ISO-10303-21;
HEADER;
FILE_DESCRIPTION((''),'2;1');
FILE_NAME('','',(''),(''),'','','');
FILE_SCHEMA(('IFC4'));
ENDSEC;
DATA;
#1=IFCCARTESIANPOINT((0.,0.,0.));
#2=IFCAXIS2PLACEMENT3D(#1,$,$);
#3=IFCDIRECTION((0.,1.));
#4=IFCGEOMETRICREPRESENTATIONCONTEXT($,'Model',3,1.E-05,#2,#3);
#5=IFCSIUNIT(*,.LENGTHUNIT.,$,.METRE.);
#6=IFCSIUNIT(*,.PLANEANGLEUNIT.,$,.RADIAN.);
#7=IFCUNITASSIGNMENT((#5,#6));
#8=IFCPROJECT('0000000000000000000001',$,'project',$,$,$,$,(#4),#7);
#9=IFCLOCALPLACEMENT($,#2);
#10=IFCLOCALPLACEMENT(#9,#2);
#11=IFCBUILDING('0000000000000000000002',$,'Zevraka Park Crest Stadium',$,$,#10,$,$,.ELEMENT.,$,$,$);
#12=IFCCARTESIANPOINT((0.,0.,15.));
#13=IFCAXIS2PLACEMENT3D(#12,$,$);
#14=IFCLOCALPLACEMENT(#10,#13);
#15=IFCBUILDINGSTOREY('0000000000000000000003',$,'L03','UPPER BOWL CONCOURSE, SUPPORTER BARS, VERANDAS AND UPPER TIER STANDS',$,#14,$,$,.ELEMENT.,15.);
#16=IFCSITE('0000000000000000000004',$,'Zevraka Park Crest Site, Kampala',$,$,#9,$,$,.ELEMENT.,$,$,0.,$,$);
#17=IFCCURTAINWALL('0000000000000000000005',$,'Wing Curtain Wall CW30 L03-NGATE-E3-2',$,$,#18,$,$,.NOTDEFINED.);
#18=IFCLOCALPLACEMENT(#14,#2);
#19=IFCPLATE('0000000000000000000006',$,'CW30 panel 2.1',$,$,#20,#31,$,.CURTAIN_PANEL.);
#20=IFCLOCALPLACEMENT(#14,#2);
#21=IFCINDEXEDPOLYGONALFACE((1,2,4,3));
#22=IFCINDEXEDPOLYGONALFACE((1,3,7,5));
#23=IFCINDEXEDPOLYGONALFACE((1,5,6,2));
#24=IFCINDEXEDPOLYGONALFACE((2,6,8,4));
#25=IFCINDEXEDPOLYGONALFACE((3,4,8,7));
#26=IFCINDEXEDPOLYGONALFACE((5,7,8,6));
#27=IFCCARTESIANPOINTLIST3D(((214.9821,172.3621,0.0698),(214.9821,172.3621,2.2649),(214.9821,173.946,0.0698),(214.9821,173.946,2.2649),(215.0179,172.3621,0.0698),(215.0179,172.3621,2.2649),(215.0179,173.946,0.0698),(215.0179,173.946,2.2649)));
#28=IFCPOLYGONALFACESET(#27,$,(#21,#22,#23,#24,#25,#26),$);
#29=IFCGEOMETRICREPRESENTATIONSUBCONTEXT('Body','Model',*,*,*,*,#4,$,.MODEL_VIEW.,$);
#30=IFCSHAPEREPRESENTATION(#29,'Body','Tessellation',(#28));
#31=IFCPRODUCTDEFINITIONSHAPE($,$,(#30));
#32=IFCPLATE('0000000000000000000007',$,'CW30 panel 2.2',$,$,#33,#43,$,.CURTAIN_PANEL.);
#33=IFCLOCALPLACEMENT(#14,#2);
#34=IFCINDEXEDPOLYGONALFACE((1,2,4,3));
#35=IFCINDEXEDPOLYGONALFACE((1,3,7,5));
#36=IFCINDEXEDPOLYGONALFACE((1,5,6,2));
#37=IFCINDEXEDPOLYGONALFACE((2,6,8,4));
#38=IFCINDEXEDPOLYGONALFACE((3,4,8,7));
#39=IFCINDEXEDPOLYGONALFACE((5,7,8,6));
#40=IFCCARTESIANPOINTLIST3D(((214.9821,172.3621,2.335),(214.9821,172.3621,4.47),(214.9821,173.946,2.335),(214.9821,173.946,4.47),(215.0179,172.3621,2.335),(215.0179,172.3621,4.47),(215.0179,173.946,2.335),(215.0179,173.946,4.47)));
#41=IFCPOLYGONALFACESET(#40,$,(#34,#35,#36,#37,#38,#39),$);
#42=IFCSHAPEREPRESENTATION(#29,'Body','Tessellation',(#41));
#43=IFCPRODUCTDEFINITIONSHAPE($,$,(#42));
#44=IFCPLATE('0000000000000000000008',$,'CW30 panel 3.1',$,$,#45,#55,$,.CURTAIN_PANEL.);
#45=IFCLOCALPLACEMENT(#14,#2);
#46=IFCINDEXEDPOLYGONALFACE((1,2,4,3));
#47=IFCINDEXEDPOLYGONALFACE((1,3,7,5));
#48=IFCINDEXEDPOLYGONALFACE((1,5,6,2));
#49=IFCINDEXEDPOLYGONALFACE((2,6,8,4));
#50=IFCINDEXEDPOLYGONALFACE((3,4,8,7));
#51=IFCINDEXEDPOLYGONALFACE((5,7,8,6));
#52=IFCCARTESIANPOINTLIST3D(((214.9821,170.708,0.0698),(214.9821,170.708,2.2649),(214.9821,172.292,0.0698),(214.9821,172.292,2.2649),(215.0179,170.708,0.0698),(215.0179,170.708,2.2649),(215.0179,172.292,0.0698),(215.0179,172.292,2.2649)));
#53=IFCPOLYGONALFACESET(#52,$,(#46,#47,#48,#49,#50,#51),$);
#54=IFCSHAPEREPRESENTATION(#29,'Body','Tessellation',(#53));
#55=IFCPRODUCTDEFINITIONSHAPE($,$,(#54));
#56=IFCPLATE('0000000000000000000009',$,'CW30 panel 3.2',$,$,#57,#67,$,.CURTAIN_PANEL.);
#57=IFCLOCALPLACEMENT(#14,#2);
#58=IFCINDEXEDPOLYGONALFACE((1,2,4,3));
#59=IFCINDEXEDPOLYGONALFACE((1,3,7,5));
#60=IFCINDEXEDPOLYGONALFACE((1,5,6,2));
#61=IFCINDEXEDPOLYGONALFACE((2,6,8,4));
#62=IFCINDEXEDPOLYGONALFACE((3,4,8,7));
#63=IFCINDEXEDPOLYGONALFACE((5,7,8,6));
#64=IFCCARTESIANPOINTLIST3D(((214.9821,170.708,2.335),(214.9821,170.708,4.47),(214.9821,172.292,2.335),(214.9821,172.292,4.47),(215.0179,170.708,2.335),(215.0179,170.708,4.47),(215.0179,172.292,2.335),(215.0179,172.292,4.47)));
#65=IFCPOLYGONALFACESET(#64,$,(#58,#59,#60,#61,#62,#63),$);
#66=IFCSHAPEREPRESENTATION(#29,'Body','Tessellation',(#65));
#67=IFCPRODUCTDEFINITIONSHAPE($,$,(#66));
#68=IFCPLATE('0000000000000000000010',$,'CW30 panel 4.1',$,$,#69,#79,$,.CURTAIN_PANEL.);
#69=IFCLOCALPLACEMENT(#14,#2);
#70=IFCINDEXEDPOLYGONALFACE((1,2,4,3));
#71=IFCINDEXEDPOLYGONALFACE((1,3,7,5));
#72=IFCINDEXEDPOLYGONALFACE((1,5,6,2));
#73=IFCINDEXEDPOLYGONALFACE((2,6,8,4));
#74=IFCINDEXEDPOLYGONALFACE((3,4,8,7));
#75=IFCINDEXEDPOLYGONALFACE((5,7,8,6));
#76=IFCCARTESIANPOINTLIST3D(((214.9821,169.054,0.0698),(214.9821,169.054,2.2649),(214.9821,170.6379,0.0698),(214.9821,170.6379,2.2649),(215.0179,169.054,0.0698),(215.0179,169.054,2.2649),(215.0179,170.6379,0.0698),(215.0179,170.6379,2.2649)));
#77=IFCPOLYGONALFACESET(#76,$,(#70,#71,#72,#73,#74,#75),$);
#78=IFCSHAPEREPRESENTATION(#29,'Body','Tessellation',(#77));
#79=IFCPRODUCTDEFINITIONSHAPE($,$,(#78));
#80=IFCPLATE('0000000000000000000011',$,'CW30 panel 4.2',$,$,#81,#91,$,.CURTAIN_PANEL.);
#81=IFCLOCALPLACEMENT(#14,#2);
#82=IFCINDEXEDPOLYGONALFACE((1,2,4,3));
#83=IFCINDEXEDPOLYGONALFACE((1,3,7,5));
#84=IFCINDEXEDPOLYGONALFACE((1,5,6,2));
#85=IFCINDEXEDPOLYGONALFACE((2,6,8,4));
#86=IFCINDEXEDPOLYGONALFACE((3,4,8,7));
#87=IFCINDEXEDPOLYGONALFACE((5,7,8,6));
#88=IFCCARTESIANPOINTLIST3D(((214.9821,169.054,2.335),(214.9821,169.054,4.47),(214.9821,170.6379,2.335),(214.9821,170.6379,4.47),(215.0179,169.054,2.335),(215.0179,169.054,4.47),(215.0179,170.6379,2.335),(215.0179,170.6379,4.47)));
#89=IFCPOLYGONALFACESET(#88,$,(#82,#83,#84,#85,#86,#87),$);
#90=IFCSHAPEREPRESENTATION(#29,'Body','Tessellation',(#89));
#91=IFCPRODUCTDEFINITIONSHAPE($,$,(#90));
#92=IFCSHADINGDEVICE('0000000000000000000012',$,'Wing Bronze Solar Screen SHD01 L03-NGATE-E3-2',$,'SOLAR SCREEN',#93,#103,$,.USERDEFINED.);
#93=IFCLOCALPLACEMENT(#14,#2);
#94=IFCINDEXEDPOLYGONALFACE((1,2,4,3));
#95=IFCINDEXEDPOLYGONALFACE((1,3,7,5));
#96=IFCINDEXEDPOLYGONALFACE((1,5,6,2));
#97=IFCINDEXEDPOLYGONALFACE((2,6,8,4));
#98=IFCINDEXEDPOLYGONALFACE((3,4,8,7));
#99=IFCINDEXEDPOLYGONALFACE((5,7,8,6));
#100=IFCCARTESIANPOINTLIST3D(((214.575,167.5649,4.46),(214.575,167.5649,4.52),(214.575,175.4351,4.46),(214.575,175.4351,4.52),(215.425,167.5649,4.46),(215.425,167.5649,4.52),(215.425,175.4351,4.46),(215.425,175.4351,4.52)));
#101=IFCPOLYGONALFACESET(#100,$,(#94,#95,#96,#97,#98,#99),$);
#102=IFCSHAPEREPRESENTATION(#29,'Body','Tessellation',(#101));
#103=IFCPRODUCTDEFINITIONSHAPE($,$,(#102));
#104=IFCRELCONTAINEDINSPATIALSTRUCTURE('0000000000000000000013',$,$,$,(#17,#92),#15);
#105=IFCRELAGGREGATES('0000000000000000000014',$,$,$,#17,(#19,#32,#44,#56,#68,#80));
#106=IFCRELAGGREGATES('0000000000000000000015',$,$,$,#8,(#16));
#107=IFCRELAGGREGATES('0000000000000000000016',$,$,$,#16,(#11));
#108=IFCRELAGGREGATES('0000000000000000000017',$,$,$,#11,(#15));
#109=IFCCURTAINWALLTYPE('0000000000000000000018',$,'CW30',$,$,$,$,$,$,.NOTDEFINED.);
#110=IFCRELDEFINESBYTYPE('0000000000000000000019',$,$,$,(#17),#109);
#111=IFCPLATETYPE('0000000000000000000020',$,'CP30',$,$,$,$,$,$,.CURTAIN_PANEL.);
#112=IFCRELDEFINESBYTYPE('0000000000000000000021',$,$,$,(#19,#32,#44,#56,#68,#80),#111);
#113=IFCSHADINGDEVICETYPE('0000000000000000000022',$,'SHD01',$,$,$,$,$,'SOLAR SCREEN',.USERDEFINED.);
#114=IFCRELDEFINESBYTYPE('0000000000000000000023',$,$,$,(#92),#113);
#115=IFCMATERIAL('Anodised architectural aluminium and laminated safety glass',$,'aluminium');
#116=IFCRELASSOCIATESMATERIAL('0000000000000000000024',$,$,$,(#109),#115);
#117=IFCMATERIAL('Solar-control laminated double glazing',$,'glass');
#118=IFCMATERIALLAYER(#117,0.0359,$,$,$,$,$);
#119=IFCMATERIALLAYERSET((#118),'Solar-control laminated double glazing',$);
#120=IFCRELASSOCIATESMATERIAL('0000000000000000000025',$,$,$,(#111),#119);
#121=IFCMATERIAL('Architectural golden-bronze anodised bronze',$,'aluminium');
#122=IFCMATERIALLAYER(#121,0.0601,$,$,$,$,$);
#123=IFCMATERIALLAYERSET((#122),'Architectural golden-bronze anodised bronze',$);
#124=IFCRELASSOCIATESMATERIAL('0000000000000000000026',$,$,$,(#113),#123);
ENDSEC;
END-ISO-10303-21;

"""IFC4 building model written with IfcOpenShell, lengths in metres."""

from ifc_helpers import new_model, si_unit, direction, frame, origin, origin_2d, place, context, subcontext, project, spatial, rectangle, extrude, material, layer, layer_set, type_object, element, aggregate, save


model = new_model("IFC4")

# Units and contexts
model_context = context("Model", 3, precision=1e-05, world=origin(), true_north=direction((0.0, 1.0)))
body_context = subcontext(model_context, "Body", "Model", "MODEL_VIEW")
ifc_project = project(units=[si_unit("LENGTHUNIT", "METRE"), si_unit("PLANEANGLEUNIT", "RADIAN")], contexts=[model_context])

# Site, building, storey
site_placement = place(None, origin())
site = spatial("IfcSite", under=ifc_project, at=site_placement, Name="Zevraka Park Crest Site, Kampala", CompositionType="ELEMENT", RefElevation=0.0)
building_placement = place(site_placement, origin())
building = spatial("IfcBuilding", under=site, at=building_placement, Name="Zevraka Park Crest Stadium", CompositionType="ELEMENT")
storey_placement = place(building_placement, frame((0.0, 0.0, 15.0)))
storey = spatial("IfcBuildingStorey", under=building, at=storey_placement, Name="L03", Description="UPPER BOWL CONCOURSE, SUPPORTER BARS, VERANDAS AND UPPER TIER STANDS", CompositionType="ELEMENT", Elevation=15.0)

# Curtain wall
ifc_material_1 = material(Name="Anodised architectural aluminium and laminated safety glass", Category="aluminium")
curtain_wall_type = type_object("IfcCurtainWallType", Name="CW30", PredefinedType="NOTDEFINED", material=ifc_material_1)
curtain_wall_placement = place(storey_placement, origin())
curtain_wall = element("IfcCurtainWall", 1, at=curtain_wall_placement, inside=storey, type_object=curtain_wall_type, Name="Wing Curtain Wall CW30 L03-NGATE-E3-2", PredefinedType="NOTDEFINED")

# Plates
ifc_material_2 = material(Name="Solar-control laminated double glazing", Category="glass")
ifc_layer_1 = layer(ifc_material_2, 0.0359)
ifc_layer_set_1 = layer_set([ifc_layer_1], Name="Solar-control laminated double glazing")
plate_type = type_object("IfcPlateType", Name="CP30", PredefinedType="CURTAIN_PANEL", material=ifc_layer_set_1)
plate_1_placement = place(storey_placement, frame((215.0, 173.1541, 0.0698), z_axis=(0.0, 0.0, 1.0), x_axis=(0.0, -1.0, 0.0)))
plate_1 = element("IfcPlate", 2, at=plate_1_placement, type_object=plate_type, Name="CW30 panel 2.1", PredefinedType="CURTAIN_PANEL", context=body_context, shape_type="SweptSolid", body=[
    extrude(rectangle(XDim=1.584, YDim=0.0359, at=origin_2d()), origin(), (0.0, 0.0, 1.0), 2.1951),
])
plate_2_placement = place(storey_placement, frame((215.0, 173.1541, 2.335), z_axis=(0.0, 0.0, 1.0), x_axis=(0.0, -1.0, 0.0)))
plate_2 = element("IfcPlate", 3, at=plate_2_placement, type_object=plate_type, Name="CW30 panel 2.2", PredefinedType="CURTAIN_PANEL", context=body_context, shape_type="SweptSolid", body=[
    extrude(rectangle(XDim=1.584, YDim=0.0359, at=origin_2d()), origin(), (0.0, 0.0, 1.0), 2.135),
])
plate_3_placement = place(storey_placement, frame((215.0, 171.5, 0.0698), z_axis=(0.0, 0.0, 1.0), x_axis=(0.0, -1.0, 0.0)))
plate_3 = element("IfcPlate", 4, at=plate_3_placement, type_object=plate_type, Name="CW30 panel 3.1", PredefinedType="CURTAIN_PANEL", context=body_context, shape_type="SweptSolid", body=[
    extrude(rectangle(XDim=1.584, YDim=0.0359, at=origin_2d()), origin(), (0.0, 0.0, 1.0), 2.1951),
])
plate_4_placement = place(storey_placement, frame((215.0, 171.5, 2.335), z_axis=(0.0, 0.0, 1.0), x_axis=(0.0, -1.0, 0.0)))
plate_4 = element("IfcPlate", 5, at=plate_4_placement, type_object=plate_type, Name="CW30 panel 3.2", PredefinedType="CURTAIN_PANEL", context=body_context, shape_type="SweptSolid", body=[
    extrude(rectangle(XDim=1.584, YDim=0.0359, at=origin_2d()), origin(), (0.0, 0.0, 1.0), 2.135),
])
plate_5_placement = place(storey_placement, frame((215.0, 169.8459, 0.0698), z_axis=(0.0, 0.0, 1.0), x_axis=(0.0, -1.0, 0.0)))
plate_5 = element("IfcPlate", 6, at=plate_5_placement, type_object=plate_type, Name="CW30 panel 4.1", PredefinedType="CURTAIN_PANEL", context=body_context, shape_type="SweptSolid", body=[
    extrude(rectangle(XDim=1.584, YDim=0.0359, at=origin_2d()), origin(), (0.0, 0.0, 1.0), 2.1951),
])
plate_6_placement = place(storey_placement, frame((215.0, 169.8459, 2.335), z_axis=(0.0, 0.0, 1.0), x_axis=(0.0, -1.0, 0.0)))
plate_6 = element("IfcPlate", 7, at=plate_6_placement, type_object=plate_type, Name="CW30 panel 4.2", PredefinedType="CURTAIN_PANEL", context=body_context, shape_type="SweptSolid", body=[
    extrude(rectangle(XDim=1.584, YDim=0.0359, at=origin_2d()), origin(), (0.0, 0.0, 1.0), 2.135),
])
aggregate(curtain_wall, [plate_1, plate_2, plate_3, plate_4, plate_5, plate_6])

# Shading device
ifc_material_3 = material(Name="Architectural golden-bronze anodised bronze", Category="aluminium")
ifc_layer_2 = layer(ifc_material_3, 0.0601)
ifc_layer_set_2 = layer_set([ifc_layer_2], Name="Architectural golden-bronze anodised bronze")
shading_device_type = type_object("IfcShadingDeviceType", Name="SHD01", ElementType="SOLAR SCREEN", PredefinedType="USERDEFINED", material=ifc_layer_set_2)
shading_device_placement = place(storey_placement, frame((215.0, 171.5, 4.46), z_axis=(0.0, 0.0, 1.0), x_axis=(0.0, -1.0, 0.0)))
element("IfcShadingDevice", 8, at=shading_device_placement, inside=storey, type_object=shading_device_type, Name="Wing Bronze Solar Screen SHD01 L03-NGATE-E3-2", ObjectType="SOLAR SCREEN", PredefinedType="USERDEFINED", context=body_context, shape_type="SweptSolid", body=[
    extrude(rectangle(XDim=7.8701, YDim=0.8501, at=origin_2d()), origin(), (0.0, 0.0, 1.0), 0.0601),
])

save(model, "model.ifc")
